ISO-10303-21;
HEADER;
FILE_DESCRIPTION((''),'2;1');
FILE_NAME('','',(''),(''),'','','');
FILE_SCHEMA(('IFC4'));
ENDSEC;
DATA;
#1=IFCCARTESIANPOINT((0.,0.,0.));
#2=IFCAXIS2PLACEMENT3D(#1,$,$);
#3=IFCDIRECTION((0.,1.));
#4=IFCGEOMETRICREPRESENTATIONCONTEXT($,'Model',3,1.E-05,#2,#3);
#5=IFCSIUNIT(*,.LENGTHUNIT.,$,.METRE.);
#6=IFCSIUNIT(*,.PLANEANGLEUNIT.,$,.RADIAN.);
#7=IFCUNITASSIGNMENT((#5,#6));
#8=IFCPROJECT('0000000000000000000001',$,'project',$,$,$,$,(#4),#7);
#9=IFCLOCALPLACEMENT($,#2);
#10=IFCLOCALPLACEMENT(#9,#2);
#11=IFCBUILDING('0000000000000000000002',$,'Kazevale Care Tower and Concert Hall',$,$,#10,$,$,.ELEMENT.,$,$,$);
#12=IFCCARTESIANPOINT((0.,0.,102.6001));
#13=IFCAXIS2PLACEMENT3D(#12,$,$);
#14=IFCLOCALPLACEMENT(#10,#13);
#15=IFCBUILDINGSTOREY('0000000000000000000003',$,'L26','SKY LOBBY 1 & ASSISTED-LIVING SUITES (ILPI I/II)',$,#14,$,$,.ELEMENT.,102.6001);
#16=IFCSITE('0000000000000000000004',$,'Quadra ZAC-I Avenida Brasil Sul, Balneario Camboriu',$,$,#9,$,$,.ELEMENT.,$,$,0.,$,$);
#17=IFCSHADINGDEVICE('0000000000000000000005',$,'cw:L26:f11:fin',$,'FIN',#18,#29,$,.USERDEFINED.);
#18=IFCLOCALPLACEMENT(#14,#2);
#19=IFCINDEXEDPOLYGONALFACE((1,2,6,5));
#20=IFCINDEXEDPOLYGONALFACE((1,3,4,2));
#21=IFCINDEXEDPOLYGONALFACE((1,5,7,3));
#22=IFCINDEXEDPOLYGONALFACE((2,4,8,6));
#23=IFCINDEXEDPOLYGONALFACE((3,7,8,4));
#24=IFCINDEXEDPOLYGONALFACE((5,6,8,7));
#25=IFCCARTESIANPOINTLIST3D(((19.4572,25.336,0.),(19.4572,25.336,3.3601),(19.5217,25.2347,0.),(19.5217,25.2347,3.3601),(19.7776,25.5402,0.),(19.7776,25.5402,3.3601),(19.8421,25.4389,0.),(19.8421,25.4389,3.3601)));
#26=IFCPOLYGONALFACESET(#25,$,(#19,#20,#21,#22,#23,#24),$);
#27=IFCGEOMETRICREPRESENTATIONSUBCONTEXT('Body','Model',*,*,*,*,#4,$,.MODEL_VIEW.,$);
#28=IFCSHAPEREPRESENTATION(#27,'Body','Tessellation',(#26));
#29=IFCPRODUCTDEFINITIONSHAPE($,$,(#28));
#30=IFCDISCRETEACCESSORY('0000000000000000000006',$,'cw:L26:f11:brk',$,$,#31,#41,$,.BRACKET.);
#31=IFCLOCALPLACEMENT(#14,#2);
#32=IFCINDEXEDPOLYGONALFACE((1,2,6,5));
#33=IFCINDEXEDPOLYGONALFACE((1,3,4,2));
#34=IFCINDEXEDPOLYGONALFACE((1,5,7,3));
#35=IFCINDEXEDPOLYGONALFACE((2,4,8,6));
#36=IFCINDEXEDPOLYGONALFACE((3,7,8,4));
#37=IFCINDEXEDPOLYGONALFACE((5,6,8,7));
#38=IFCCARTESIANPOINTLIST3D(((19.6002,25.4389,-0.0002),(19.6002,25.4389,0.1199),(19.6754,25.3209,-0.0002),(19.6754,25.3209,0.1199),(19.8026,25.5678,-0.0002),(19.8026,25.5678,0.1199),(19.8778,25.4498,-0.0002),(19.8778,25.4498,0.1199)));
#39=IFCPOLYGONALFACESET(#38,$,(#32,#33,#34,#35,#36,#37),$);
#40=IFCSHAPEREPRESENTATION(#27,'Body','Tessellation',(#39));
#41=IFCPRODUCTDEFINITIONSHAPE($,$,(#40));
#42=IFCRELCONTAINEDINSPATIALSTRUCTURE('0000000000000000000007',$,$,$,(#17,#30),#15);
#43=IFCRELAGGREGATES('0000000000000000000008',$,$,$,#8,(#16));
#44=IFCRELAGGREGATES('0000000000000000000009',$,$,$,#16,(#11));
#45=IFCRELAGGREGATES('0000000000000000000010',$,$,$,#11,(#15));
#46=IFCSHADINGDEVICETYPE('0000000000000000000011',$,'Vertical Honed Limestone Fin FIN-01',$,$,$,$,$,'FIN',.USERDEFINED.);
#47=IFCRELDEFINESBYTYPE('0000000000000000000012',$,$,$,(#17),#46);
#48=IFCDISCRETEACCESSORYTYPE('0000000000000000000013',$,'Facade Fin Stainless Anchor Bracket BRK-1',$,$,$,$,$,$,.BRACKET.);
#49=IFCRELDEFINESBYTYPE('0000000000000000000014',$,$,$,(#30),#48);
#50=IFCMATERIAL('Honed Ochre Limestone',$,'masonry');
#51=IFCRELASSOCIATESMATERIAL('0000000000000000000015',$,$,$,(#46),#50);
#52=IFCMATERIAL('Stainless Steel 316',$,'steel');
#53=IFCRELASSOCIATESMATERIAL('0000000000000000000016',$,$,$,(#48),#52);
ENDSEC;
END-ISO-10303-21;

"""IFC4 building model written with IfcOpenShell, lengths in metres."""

from ifc_helpers import new_model, si_unit, direction, frame, origin, origin_2d, place, context, subcontext, project, spatial, rectangle, extrude, material, type_object, element, save


model = new_model("IFC4")

# Units and contexts
model_context = context("Model", 3, precision=1e-05, world=origin(), true_north=direction((0.0, 1.0)))
body_context = subcontext(model_context, "Body", "Model", "MODEL_VIEW")
ifc_project = project(units=[si_unit("LENGTHUNIT", "METRE"), si_unit("PLANEANGLEUNIT", "RADIAN")], contexts=[model_context])

# Site, building, storey
site_placement = place(None, origin())
site = spatial("IfcSite", under=ifc_project, at=site_placement, Name="Quadra ZAC-I Avenida Brasil Sul, Balneario Camboriu", CompositionType="ELEMENT", RefElevation=0.0)
building_placement = place(site_placement, origin())
building = spatial("IfcBuilding", under=site, at=building_placement, Name="Kazevale Care Tower and Concert Hall", CompositionType="ELEMENT")
storey_placement = place(building_placement, frame((0.0, 0.0, 102.6001)))
storey = spatial("IfcBuildingStorey", under=building, at=storey_placement, Name="L26", Description="SKY LOBBY 1 & ASSISTED-LIVING SUITES (ILPI I/II)", CompositionType="ELEMENT", Elevation=102.6001)

# Shared definitions
ifc_material_1 = material(Name="Stainless Steel 316", Category="steel")

# Shading device
ifc_material_2 = material(Name="Honed Ochre Limestone", Category="masonry")
shading_device_type = type_object("IfcShadingDeviceType", Name="Vertical Honed Limestone Fin FIN-01", ElementType="FIN", PredefinedType="USERDEFINED", material=ifc_material_2)
shading_device_placement = place(storey_placement, frame((19.6497, 25.3875, 0.0), z_axis=(0.0, 0.0, 1.0), x_axis=(-0.843391, -0.5373, 0.0)))
element("IfcShadingDevice", 1, at=shading_device_placement, inside=storey, type_object=shading_device_type, Name="cw:L26:f11:fin", ObjectType="FIN", PredefinedType="USERDEFINED", context=body_context, shape_type="SweptSolid", body=[
    extrude(rectangle(XDim=0.3799, YDim=0.1201, at=origin_2d()), origin(), (0.0, 0.0, 1.0), 3.3601),
])

# Discrete accessory
discrete_accessory_type = type_object("IfcDiscreteAccessoryType", Name="Facade Fin Stainless Anchor Bracket BRK-1", PredefinedType="BRACKET", material=ifc_material_1)
discrete_accessory_placement = place(storey_placement, frame((19.739, 25.4443, -0.0002), z_axis=(0.0, 0.0, 1.0), x_axis=(-0.843391, -0.5373, 0.0)))
element("IfcDiscreteAccessory", 2, at=discrete_accessory_placement, inside=storey, type_object=discrete_accessory_type, Name="cw:L26:f11:brk", PredefinedType="BRACKET", context=body_context, shape_type="SweptSolid", body=[
    extrude(rectangle(XDim=0.24, YDim=0.1399, at=origin_2d()), origin(), (0.0, 0.0, 1.0), 0.1201),
])

save(model, "model.ifc")
